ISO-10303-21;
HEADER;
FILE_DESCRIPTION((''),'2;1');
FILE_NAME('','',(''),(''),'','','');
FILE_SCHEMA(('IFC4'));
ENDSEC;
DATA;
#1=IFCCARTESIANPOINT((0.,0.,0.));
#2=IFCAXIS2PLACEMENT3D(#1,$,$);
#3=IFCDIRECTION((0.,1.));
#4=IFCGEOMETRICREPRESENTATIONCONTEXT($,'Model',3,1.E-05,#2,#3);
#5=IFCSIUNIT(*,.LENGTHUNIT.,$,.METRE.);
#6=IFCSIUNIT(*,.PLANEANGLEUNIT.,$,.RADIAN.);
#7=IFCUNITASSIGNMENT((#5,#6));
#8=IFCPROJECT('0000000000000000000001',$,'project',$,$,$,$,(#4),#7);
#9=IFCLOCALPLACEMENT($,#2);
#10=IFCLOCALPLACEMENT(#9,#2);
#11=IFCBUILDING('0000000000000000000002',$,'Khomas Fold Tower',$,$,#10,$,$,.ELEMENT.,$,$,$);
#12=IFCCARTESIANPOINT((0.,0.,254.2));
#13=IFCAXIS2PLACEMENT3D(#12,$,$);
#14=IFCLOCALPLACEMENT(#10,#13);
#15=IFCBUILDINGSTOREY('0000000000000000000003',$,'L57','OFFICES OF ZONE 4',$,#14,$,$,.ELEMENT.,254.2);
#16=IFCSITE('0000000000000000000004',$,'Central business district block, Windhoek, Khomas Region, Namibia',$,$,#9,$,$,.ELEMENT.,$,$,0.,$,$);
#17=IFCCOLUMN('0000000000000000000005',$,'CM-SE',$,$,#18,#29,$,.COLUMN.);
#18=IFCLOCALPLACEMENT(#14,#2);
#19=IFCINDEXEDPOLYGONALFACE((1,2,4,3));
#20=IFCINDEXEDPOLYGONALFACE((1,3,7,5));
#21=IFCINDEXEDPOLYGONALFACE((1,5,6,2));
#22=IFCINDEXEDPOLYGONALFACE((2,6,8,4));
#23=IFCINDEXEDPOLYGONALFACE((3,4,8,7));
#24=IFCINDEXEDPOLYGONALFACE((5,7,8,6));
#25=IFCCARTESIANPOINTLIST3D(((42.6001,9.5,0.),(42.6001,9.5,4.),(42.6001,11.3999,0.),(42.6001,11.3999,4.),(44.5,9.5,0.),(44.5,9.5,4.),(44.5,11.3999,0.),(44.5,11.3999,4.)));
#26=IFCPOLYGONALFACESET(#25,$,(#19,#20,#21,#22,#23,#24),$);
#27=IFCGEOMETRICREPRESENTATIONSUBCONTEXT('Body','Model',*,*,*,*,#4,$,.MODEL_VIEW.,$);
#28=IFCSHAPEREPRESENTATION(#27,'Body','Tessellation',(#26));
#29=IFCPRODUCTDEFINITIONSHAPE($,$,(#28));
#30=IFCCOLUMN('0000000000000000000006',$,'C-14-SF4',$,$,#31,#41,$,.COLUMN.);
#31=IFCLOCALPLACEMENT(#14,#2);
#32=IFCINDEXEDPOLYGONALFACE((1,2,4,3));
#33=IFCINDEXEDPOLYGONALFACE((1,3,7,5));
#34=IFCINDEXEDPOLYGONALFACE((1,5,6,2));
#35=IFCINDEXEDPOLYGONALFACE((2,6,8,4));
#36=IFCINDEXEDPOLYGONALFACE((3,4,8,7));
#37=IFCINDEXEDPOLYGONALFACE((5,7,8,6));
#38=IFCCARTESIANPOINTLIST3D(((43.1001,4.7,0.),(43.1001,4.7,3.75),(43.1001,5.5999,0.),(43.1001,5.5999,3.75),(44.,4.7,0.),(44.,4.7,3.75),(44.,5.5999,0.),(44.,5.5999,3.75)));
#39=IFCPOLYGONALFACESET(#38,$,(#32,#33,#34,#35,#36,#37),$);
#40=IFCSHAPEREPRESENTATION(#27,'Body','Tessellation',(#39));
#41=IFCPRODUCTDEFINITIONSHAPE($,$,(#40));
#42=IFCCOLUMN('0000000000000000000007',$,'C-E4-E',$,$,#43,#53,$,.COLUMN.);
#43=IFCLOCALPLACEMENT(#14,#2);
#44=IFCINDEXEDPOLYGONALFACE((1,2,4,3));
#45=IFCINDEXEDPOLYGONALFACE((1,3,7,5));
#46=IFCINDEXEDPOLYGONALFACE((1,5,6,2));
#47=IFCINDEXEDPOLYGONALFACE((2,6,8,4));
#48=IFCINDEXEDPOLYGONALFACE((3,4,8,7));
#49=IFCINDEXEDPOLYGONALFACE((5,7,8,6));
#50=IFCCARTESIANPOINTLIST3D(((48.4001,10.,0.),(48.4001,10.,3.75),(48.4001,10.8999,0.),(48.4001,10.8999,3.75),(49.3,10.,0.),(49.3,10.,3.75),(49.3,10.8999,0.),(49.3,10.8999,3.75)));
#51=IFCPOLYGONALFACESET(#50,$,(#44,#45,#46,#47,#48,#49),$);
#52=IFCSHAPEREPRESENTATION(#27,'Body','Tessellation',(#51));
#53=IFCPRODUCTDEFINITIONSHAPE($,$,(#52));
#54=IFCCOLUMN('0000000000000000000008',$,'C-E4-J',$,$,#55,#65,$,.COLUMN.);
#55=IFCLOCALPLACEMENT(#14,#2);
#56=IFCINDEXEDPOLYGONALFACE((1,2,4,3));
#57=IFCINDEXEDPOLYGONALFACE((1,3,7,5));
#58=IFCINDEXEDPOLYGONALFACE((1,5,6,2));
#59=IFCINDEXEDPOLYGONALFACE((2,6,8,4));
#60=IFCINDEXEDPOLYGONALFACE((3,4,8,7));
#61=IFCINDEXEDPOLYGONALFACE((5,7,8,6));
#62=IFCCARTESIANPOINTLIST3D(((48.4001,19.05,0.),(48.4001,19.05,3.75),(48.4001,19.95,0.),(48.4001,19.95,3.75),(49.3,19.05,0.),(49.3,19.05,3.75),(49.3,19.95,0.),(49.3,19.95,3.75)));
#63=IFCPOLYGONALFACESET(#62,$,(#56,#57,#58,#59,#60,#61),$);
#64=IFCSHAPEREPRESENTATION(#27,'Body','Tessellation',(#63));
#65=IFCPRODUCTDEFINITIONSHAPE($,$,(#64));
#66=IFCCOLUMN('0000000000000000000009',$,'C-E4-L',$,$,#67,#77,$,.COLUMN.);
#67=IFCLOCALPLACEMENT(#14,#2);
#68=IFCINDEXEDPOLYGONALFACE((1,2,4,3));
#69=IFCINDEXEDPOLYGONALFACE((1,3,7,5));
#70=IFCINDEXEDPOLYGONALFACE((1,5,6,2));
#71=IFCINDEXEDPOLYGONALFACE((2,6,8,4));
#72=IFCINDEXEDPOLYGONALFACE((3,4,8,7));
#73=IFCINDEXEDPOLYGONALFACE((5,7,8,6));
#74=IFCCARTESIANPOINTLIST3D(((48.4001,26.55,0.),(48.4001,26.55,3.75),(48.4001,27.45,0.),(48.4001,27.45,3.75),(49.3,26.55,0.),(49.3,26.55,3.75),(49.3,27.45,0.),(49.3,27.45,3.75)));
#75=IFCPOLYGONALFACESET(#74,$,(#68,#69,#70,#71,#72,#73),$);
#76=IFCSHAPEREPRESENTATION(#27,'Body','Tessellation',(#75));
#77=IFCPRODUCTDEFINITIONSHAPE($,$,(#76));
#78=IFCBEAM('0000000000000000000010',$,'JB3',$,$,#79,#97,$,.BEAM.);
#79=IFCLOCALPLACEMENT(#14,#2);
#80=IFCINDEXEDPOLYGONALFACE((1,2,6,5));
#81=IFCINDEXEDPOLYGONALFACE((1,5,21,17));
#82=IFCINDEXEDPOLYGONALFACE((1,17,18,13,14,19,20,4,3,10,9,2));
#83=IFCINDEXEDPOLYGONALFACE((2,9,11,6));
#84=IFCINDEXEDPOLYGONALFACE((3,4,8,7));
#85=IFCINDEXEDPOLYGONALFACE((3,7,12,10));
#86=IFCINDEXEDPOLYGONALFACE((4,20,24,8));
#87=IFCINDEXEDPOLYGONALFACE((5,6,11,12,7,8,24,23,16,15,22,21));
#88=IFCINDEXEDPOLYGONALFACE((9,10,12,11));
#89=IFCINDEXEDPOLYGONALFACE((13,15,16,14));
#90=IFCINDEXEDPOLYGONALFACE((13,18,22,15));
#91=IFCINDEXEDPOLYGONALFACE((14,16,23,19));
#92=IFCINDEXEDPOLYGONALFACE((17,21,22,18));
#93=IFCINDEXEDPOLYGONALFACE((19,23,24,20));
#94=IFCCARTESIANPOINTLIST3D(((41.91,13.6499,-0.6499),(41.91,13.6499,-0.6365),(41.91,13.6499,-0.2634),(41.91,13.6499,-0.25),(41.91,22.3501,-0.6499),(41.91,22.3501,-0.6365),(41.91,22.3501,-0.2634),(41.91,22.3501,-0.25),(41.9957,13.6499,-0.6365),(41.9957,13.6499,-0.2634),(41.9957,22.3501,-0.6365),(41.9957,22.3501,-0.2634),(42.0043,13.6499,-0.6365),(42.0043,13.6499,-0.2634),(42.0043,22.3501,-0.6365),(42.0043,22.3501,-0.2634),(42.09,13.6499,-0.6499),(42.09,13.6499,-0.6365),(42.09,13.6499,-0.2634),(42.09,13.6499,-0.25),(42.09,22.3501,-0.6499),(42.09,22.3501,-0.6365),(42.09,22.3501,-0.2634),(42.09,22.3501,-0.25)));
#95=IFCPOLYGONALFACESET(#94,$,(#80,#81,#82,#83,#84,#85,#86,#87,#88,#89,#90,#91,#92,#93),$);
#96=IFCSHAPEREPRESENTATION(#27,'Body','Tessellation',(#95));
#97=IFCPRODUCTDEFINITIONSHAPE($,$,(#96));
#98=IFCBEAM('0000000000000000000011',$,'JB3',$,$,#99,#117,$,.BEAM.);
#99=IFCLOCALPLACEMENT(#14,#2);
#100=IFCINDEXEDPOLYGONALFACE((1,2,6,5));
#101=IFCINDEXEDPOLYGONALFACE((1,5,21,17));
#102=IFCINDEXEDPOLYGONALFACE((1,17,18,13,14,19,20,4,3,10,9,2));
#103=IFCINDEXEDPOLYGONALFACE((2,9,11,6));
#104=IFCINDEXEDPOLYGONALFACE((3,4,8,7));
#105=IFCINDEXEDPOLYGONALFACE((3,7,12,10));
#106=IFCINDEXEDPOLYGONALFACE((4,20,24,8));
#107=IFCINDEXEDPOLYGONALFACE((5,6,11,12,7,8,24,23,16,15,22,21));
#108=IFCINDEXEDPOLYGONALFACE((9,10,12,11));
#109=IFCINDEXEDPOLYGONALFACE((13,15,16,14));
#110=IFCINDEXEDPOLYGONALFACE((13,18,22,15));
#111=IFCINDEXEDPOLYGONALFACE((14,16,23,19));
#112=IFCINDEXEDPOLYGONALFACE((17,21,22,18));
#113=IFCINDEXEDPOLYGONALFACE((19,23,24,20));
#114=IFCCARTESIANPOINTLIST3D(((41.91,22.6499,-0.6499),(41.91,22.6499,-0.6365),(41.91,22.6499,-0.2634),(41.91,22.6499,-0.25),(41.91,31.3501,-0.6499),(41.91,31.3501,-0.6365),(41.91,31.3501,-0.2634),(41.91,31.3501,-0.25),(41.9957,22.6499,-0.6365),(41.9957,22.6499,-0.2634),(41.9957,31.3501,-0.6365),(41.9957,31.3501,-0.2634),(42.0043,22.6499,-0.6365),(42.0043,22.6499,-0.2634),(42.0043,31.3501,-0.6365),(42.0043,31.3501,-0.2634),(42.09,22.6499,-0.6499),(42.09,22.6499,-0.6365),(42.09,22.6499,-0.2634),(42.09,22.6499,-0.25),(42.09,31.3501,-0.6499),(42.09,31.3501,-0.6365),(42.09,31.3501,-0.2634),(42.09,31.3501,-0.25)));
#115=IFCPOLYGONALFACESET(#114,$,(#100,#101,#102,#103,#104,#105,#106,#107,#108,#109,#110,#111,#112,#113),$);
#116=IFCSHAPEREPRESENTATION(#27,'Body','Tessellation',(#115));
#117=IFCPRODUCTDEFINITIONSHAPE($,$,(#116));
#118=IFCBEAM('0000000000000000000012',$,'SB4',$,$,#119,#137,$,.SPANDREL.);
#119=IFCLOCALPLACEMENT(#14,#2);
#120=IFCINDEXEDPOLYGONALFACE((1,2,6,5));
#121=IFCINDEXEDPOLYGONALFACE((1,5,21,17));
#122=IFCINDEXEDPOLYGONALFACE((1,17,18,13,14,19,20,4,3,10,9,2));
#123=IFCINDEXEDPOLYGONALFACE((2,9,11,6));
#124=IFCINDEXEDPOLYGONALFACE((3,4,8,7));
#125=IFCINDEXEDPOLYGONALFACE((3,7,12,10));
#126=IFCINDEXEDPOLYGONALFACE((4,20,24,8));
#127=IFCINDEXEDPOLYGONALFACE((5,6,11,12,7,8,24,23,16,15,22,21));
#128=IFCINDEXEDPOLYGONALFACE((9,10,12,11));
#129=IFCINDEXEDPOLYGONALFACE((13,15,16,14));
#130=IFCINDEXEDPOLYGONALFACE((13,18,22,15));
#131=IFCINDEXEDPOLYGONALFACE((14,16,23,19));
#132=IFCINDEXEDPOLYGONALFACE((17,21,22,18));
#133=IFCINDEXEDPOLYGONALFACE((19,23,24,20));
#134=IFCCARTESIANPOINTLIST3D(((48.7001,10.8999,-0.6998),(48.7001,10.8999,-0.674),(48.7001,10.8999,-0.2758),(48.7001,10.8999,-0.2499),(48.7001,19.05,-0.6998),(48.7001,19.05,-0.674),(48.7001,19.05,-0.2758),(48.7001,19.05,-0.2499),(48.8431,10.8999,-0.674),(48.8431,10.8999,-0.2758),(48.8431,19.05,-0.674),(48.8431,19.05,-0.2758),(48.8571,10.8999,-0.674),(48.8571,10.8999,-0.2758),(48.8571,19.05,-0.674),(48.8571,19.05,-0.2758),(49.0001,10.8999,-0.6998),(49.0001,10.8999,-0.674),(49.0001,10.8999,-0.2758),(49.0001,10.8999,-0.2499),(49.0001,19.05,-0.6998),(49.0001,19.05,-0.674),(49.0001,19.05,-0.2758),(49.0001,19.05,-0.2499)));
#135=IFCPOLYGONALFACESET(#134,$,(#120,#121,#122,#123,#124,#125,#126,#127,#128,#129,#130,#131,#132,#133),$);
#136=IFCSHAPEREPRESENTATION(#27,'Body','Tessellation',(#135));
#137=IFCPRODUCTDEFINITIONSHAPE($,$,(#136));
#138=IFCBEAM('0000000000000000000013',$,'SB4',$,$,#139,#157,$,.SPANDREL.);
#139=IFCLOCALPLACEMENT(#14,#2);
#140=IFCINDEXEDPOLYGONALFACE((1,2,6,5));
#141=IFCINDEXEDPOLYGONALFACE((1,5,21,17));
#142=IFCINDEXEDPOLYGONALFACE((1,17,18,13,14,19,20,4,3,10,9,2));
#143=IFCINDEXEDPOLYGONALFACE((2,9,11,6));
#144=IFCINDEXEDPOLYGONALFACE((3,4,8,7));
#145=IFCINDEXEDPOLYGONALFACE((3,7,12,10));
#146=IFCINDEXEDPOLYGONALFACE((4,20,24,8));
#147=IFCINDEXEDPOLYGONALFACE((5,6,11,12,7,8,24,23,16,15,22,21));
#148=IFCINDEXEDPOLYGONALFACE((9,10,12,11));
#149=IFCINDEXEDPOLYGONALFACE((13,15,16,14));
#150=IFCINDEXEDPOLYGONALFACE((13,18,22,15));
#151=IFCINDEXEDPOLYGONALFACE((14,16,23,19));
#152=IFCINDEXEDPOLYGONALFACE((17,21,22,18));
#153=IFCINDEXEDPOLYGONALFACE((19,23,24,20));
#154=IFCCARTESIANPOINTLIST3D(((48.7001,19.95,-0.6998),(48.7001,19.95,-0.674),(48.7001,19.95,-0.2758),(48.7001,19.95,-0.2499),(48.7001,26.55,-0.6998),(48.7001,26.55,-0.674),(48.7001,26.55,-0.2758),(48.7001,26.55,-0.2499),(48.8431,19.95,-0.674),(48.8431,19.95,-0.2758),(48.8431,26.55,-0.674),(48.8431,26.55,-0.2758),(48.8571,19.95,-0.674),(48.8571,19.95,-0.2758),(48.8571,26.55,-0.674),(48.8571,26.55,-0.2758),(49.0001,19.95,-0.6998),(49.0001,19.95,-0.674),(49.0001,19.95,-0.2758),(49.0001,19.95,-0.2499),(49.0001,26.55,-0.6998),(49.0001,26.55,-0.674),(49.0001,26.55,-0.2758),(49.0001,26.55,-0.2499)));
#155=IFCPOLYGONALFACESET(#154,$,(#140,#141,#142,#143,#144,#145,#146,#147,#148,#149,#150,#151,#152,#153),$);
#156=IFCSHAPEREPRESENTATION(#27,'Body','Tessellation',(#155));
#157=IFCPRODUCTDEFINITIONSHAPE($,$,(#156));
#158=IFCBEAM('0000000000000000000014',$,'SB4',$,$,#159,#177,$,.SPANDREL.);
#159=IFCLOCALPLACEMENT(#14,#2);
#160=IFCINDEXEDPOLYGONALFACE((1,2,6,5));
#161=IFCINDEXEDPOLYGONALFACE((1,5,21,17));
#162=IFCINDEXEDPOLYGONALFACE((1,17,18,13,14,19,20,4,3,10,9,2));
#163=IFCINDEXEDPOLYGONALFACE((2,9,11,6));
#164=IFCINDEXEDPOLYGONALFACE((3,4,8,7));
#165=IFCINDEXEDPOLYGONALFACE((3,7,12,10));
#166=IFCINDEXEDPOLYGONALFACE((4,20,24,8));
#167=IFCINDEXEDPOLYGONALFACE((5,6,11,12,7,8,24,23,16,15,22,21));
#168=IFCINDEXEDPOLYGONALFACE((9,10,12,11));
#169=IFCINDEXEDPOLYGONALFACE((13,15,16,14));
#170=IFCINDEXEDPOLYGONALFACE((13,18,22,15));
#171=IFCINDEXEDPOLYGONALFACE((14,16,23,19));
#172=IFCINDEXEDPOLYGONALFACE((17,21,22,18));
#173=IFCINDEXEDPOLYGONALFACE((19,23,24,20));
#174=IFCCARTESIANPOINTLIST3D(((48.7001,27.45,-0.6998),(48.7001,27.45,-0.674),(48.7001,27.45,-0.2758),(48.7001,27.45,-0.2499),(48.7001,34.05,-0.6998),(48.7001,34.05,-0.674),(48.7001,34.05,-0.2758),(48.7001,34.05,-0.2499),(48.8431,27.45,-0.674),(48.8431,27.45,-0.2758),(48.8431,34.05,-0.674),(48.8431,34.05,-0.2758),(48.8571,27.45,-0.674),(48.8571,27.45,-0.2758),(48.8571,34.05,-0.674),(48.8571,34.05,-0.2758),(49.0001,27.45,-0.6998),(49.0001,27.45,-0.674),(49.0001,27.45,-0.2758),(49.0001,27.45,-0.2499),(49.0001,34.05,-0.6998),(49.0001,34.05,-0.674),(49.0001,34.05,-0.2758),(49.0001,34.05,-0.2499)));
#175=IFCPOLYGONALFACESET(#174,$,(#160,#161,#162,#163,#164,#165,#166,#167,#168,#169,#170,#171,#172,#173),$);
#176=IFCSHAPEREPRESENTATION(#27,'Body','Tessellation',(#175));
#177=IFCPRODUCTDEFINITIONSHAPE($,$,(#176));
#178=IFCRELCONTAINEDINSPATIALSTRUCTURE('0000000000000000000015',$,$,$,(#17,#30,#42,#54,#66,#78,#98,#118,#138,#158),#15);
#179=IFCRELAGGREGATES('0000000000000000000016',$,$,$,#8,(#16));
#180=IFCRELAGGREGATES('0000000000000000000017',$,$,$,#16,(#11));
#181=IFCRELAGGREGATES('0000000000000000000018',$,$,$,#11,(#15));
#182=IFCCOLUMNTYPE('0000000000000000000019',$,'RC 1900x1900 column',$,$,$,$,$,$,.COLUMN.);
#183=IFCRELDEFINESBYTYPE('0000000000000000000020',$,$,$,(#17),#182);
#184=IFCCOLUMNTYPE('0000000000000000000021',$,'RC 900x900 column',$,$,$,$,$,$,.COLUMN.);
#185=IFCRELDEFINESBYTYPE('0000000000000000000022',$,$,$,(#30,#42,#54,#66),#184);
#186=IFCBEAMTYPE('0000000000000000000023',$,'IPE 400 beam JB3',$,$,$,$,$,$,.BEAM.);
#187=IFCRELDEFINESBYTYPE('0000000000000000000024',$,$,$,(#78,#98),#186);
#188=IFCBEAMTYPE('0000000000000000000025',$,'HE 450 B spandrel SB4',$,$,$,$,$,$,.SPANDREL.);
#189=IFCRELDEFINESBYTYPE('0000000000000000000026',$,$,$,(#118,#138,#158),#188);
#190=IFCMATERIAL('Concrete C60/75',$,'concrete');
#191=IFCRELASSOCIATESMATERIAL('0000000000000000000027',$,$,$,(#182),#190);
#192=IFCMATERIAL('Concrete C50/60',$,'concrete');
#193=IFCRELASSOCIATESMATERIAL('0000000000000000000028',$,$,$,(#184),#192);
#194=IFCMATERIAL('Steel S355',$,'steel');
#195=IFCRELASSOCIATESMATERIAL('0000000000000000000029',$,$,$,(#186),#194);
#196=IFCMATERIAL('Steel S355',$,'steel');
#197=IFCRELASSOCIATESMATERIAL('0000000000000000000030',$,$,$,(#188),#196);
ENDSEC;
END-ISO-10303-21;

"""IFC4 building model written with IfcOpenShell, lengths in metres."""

from ifc_helpers import new_model, si_unit, direction, frame, origin, origin_2d, place, context, subcontext, project, spatial, rectangle, i_section, extrude, source, transform, mapped, material, material_profile, profile_set, type_object, element, save


model = new_model("IFC4")

# Units and contexts
model_context = context("Model", 3, precision=1e-05, world=origin(), true_north=direction((0.0, 1.0)))
body_context = subcontext(model_context, "Body", "Model", "MODEL_VIEW")
ifc_project = project(units=[si_unit("LENGTHUNIT", "METRE"), si_unit("PLANEANGLEUNIT", "RADIAN")], contexts=[model_context])

# Site, building, storey
site_placement = place(None, origin())
site = spatial("IfcSite", under=ifc_project, at=site_placement, Name="Central business district block, Windhoek, Khomas Region, Namibia", CompositionType="ELEMENT", RefElevation=0.0)
building_placement = place(site_placement, origin())
building = spatial("IfcBuilding", under=site, at=building_placement, Name="Khomas Fold Tower", CompositionType="ELEMENT")
storey_placement = place(building_placement, frame((0.0, 0.0, 254.2)))
storey = spatial("IfcBuildingStorey", under=building, at=storey_placement, Name="L57", Description="OFFICES OF ZONE 4", CompositionType="ELEMENT", Elevation=254.2)

# Columns
ifc_material_1 = material(Name="Concrete C60/75", Category="concrete")
ifc_material_profile_1 = material_profile(ifc_material_1, rectangle(XDim=1.8999, YDim=1.8999, at=origin_2d()), Name="RC 1900x1900")
ifc_profile_set_1 = profile_set([ifc_material_profile_1], Name="Concrete C60/75")
column_type_1 = type_object("IfcColumnType", Name="RC 1900x1900 column", PredefinedType="COLUMN", material=ifc_profile_set_1)
shared_shape_1 = source(origin(), body_context, "Body", "SweptSolid", [
    extrude(rectangle(XDim=1.8999, YDim=1.8999, at=origin_2d()), origin(), (0.0, 0.0, 1.0), 4.0),
])
column_placement = place(storey_placement, frame((43.55, 10.45, 0.0), z_axis=(0.0, 0.0, 1.0), x_axis=(1.0, 0.0, 0.0)))
element("IfcColumn", 1, at=column_placement, inside=storey, type_object=column_type_1, Name="CM-SE", PredefinedType="COLUMN", context=body_context, shape_type="MappedRepresentation", body=[
    mapped(shared_shape_1, transform((0.0, 0.0, 0.0))),
])
ifc_material_2 = material(Name="Concrete C50/60", Category="concrete")
ifc_material_profile_2 = material_profile(ifc_material_2, rectangle(XDim=0.8999, YDim=0.8999, at=origin_2d()), Name="RC 900x900")
ifc_profile_set_2 = profile_set([ifc_material_profile_2], Name="Concrete C50/60")
column_type_2 = type_object("IfcColumnType", Name="RC 900x900 column", PredefinedType="COLUMN", material=ifc_profile_set_2)
shared_shape_2 = source(origin(), body_context, "Body", "SweptSolid", [
    extrude(rectangle(XDim=0.8999, YDim=0.8999, at=origin_2d()), origin(), (0.0, 0.0, 1.0), 3.75),
])
for number, where, z_axis, x_axis, name in (
    (2, (43.55, 5.1499, 0.0), (0.0, 0.0, 1.0), (1.0, 0.0, 0.0), "C-14-SF4"),
    (3, (48.8501, 10.45, 0.0), (0.0, 0.0, 1.0), (1.0, 0.0, 0.0), "C-E4-E"),
    (4, (48.8501, 19.5, 0.0), (0.0, 0.0, 1.0), (1.0, 0.0, 0.0), "C-E4-J"),
    (5, (48.8501, 27.0, 0.0), (0.0, 0.0, 1.0), (1.0, 0.0, 0.0), "C-E4-L"),
):
    element("IfcColumn", number, at=place(storey_placement, frame(where, z_axis=z_axis, x_axis=x_axis)), inside=storey, type_object=column_type_2, Name=name, PredefinedType="COLUMN", context=body_context, shape_type="MappedRepresentation", body=[
        mapped(shared_shape_2, transform((0.0, 0.0, 0.0))),
    ])

# Beams
ifc_material_3 = material(Name="Steel S355", Category="steel")
ifc_material_profile_3 = material_profile(ifc_material_3, i_section(OverallWidth=0.1799, OverallDepth=0.3999, WebThickness=0.0085, FlangeThickness=0.0134, at=origin_2d()), Name="IPE 400")
ifc_profile_set_3 = profile_set([ifc_material_profile_3], Name="Steel S355")
beam_type_1 = type_object("IfcBeamType", Name="IPE 400 beam JB3", PredefinedType="BEAM", material=ifc_profile_set_3)
shared_shape_3 = source(origin(), body_context, "Body", "SweptSolid", [
    extrude(i_section(OverallWidth=0.1799, OverallDepth=0.3999, WebThickness=0.0085, FlangeThickness=0.0134, at=origin_2d()), origin(), (0.0, 0.0, 1.0), 8.7002),
])
for number, where, z_axis, x_axis, name in (
    (6, (42.0, 13.6499, -0.45), (0.0, 1.0, 0.0), (-1.0, 0.0, 0.0), "JB3"),
    (7, (42.0, 22.6499, -0.45), (0.0, 1.0, 0.0), (-1.0, 0.0, 0.0), "JB3"),
):
    element("IfcBeam", number, at=place(storey_placement, frame(where, z_axis=z_axis, x_axis=x_axis)), inside=storey, type_object=beam_type_1, Name=name, PredefinedType="BEAM", context=body_context, shape_type="MappedRepresentation", body=[
        mapped(shared_shape_3, transform((0.0, 0.0, 0.0))),
    ])
ifc_material_4 = material(Name="Steel S355", Category="steel")
ifc_material_profile_4 = material_profile(ifc_material_4, i_section(OverallWidth=0.3, OverallDepth=0.45, WebThickness=0.0139, FlangeThickness=0.0259, at=origin_2d()), Name="HE 450 B")
ifc_profile_set_4 = profile_set([ifc_material_profile_4], Name="Steel S355")
beam_type_2 = type_object("IfcBeamType", Name="HE 450 B spandrel SB4", PredefinedType="SPANDREL", material=ifc_profile_set_4)
shared_shape_4 = source(origin(), body_context, "Body", "SweptSolid", [
    extrude(i_section(OverallWidth=0.3, OverallDepth=0.45, WebThickness=0.0139, FlangeThickness=0.0259, at=origin_2d()), origin(), (0.0, 0.0, 1.0), 8.1501),
])
beam_1_placement = place(storey_placement, frame((48.8501, 10.8999, -0.4749), z_axis=(0.0, 1.0, 0.0), x_axis=(-1.0, 0.0, 0.0)))
element("IfcBeam", 8, at=beam_1_placement, inside=storey, type_object=beam_type_2, Name="SB4", PredefinedType="SPANDREL", context=body_context, shape_type="MappedRepresentation", body=[
    mapped(shared_shape_4, transform((0.0, 0.0, 0.0))),
])
shared_shape_5 = source(origin(), body_context, "Body", "SweptSolid", [
    extrude(i_section(OverallWidth=0.3, OverallDepth=0.45, WebThickness=0.0139, FlangeThickness=0.0259, at=origin_2d()), origin(), (0.0, 0.0, 1.0), 6.6001),
])
for number, where, z_axis, x_axis, name in (
    (9, (48.8501, 19.95, -0.4749), (0.0, 1.0, 0.0), (-1.0, 0.0, 0.0), "SB4"),
    (10, (48.8501, 27.45, -0.4749), (0.0, 1.0, 0.0), (-1.0, 0.0, 0.0), "SB4"),
):
    element("IfcBeam", number, at=place(storey_placement, frame(where, z_axis=z_axis, x_axis=x_axis)), inside=storey, type_object=beam_type_2, Name=name, PredefinedType="SPANDREL", context=body_context, shape_type="MappedRepresentation", body=[
        mapped(shared_shape_5, transform((0.0, 0.0, 0.0))),
    ])

save(model, "model.ifc")
